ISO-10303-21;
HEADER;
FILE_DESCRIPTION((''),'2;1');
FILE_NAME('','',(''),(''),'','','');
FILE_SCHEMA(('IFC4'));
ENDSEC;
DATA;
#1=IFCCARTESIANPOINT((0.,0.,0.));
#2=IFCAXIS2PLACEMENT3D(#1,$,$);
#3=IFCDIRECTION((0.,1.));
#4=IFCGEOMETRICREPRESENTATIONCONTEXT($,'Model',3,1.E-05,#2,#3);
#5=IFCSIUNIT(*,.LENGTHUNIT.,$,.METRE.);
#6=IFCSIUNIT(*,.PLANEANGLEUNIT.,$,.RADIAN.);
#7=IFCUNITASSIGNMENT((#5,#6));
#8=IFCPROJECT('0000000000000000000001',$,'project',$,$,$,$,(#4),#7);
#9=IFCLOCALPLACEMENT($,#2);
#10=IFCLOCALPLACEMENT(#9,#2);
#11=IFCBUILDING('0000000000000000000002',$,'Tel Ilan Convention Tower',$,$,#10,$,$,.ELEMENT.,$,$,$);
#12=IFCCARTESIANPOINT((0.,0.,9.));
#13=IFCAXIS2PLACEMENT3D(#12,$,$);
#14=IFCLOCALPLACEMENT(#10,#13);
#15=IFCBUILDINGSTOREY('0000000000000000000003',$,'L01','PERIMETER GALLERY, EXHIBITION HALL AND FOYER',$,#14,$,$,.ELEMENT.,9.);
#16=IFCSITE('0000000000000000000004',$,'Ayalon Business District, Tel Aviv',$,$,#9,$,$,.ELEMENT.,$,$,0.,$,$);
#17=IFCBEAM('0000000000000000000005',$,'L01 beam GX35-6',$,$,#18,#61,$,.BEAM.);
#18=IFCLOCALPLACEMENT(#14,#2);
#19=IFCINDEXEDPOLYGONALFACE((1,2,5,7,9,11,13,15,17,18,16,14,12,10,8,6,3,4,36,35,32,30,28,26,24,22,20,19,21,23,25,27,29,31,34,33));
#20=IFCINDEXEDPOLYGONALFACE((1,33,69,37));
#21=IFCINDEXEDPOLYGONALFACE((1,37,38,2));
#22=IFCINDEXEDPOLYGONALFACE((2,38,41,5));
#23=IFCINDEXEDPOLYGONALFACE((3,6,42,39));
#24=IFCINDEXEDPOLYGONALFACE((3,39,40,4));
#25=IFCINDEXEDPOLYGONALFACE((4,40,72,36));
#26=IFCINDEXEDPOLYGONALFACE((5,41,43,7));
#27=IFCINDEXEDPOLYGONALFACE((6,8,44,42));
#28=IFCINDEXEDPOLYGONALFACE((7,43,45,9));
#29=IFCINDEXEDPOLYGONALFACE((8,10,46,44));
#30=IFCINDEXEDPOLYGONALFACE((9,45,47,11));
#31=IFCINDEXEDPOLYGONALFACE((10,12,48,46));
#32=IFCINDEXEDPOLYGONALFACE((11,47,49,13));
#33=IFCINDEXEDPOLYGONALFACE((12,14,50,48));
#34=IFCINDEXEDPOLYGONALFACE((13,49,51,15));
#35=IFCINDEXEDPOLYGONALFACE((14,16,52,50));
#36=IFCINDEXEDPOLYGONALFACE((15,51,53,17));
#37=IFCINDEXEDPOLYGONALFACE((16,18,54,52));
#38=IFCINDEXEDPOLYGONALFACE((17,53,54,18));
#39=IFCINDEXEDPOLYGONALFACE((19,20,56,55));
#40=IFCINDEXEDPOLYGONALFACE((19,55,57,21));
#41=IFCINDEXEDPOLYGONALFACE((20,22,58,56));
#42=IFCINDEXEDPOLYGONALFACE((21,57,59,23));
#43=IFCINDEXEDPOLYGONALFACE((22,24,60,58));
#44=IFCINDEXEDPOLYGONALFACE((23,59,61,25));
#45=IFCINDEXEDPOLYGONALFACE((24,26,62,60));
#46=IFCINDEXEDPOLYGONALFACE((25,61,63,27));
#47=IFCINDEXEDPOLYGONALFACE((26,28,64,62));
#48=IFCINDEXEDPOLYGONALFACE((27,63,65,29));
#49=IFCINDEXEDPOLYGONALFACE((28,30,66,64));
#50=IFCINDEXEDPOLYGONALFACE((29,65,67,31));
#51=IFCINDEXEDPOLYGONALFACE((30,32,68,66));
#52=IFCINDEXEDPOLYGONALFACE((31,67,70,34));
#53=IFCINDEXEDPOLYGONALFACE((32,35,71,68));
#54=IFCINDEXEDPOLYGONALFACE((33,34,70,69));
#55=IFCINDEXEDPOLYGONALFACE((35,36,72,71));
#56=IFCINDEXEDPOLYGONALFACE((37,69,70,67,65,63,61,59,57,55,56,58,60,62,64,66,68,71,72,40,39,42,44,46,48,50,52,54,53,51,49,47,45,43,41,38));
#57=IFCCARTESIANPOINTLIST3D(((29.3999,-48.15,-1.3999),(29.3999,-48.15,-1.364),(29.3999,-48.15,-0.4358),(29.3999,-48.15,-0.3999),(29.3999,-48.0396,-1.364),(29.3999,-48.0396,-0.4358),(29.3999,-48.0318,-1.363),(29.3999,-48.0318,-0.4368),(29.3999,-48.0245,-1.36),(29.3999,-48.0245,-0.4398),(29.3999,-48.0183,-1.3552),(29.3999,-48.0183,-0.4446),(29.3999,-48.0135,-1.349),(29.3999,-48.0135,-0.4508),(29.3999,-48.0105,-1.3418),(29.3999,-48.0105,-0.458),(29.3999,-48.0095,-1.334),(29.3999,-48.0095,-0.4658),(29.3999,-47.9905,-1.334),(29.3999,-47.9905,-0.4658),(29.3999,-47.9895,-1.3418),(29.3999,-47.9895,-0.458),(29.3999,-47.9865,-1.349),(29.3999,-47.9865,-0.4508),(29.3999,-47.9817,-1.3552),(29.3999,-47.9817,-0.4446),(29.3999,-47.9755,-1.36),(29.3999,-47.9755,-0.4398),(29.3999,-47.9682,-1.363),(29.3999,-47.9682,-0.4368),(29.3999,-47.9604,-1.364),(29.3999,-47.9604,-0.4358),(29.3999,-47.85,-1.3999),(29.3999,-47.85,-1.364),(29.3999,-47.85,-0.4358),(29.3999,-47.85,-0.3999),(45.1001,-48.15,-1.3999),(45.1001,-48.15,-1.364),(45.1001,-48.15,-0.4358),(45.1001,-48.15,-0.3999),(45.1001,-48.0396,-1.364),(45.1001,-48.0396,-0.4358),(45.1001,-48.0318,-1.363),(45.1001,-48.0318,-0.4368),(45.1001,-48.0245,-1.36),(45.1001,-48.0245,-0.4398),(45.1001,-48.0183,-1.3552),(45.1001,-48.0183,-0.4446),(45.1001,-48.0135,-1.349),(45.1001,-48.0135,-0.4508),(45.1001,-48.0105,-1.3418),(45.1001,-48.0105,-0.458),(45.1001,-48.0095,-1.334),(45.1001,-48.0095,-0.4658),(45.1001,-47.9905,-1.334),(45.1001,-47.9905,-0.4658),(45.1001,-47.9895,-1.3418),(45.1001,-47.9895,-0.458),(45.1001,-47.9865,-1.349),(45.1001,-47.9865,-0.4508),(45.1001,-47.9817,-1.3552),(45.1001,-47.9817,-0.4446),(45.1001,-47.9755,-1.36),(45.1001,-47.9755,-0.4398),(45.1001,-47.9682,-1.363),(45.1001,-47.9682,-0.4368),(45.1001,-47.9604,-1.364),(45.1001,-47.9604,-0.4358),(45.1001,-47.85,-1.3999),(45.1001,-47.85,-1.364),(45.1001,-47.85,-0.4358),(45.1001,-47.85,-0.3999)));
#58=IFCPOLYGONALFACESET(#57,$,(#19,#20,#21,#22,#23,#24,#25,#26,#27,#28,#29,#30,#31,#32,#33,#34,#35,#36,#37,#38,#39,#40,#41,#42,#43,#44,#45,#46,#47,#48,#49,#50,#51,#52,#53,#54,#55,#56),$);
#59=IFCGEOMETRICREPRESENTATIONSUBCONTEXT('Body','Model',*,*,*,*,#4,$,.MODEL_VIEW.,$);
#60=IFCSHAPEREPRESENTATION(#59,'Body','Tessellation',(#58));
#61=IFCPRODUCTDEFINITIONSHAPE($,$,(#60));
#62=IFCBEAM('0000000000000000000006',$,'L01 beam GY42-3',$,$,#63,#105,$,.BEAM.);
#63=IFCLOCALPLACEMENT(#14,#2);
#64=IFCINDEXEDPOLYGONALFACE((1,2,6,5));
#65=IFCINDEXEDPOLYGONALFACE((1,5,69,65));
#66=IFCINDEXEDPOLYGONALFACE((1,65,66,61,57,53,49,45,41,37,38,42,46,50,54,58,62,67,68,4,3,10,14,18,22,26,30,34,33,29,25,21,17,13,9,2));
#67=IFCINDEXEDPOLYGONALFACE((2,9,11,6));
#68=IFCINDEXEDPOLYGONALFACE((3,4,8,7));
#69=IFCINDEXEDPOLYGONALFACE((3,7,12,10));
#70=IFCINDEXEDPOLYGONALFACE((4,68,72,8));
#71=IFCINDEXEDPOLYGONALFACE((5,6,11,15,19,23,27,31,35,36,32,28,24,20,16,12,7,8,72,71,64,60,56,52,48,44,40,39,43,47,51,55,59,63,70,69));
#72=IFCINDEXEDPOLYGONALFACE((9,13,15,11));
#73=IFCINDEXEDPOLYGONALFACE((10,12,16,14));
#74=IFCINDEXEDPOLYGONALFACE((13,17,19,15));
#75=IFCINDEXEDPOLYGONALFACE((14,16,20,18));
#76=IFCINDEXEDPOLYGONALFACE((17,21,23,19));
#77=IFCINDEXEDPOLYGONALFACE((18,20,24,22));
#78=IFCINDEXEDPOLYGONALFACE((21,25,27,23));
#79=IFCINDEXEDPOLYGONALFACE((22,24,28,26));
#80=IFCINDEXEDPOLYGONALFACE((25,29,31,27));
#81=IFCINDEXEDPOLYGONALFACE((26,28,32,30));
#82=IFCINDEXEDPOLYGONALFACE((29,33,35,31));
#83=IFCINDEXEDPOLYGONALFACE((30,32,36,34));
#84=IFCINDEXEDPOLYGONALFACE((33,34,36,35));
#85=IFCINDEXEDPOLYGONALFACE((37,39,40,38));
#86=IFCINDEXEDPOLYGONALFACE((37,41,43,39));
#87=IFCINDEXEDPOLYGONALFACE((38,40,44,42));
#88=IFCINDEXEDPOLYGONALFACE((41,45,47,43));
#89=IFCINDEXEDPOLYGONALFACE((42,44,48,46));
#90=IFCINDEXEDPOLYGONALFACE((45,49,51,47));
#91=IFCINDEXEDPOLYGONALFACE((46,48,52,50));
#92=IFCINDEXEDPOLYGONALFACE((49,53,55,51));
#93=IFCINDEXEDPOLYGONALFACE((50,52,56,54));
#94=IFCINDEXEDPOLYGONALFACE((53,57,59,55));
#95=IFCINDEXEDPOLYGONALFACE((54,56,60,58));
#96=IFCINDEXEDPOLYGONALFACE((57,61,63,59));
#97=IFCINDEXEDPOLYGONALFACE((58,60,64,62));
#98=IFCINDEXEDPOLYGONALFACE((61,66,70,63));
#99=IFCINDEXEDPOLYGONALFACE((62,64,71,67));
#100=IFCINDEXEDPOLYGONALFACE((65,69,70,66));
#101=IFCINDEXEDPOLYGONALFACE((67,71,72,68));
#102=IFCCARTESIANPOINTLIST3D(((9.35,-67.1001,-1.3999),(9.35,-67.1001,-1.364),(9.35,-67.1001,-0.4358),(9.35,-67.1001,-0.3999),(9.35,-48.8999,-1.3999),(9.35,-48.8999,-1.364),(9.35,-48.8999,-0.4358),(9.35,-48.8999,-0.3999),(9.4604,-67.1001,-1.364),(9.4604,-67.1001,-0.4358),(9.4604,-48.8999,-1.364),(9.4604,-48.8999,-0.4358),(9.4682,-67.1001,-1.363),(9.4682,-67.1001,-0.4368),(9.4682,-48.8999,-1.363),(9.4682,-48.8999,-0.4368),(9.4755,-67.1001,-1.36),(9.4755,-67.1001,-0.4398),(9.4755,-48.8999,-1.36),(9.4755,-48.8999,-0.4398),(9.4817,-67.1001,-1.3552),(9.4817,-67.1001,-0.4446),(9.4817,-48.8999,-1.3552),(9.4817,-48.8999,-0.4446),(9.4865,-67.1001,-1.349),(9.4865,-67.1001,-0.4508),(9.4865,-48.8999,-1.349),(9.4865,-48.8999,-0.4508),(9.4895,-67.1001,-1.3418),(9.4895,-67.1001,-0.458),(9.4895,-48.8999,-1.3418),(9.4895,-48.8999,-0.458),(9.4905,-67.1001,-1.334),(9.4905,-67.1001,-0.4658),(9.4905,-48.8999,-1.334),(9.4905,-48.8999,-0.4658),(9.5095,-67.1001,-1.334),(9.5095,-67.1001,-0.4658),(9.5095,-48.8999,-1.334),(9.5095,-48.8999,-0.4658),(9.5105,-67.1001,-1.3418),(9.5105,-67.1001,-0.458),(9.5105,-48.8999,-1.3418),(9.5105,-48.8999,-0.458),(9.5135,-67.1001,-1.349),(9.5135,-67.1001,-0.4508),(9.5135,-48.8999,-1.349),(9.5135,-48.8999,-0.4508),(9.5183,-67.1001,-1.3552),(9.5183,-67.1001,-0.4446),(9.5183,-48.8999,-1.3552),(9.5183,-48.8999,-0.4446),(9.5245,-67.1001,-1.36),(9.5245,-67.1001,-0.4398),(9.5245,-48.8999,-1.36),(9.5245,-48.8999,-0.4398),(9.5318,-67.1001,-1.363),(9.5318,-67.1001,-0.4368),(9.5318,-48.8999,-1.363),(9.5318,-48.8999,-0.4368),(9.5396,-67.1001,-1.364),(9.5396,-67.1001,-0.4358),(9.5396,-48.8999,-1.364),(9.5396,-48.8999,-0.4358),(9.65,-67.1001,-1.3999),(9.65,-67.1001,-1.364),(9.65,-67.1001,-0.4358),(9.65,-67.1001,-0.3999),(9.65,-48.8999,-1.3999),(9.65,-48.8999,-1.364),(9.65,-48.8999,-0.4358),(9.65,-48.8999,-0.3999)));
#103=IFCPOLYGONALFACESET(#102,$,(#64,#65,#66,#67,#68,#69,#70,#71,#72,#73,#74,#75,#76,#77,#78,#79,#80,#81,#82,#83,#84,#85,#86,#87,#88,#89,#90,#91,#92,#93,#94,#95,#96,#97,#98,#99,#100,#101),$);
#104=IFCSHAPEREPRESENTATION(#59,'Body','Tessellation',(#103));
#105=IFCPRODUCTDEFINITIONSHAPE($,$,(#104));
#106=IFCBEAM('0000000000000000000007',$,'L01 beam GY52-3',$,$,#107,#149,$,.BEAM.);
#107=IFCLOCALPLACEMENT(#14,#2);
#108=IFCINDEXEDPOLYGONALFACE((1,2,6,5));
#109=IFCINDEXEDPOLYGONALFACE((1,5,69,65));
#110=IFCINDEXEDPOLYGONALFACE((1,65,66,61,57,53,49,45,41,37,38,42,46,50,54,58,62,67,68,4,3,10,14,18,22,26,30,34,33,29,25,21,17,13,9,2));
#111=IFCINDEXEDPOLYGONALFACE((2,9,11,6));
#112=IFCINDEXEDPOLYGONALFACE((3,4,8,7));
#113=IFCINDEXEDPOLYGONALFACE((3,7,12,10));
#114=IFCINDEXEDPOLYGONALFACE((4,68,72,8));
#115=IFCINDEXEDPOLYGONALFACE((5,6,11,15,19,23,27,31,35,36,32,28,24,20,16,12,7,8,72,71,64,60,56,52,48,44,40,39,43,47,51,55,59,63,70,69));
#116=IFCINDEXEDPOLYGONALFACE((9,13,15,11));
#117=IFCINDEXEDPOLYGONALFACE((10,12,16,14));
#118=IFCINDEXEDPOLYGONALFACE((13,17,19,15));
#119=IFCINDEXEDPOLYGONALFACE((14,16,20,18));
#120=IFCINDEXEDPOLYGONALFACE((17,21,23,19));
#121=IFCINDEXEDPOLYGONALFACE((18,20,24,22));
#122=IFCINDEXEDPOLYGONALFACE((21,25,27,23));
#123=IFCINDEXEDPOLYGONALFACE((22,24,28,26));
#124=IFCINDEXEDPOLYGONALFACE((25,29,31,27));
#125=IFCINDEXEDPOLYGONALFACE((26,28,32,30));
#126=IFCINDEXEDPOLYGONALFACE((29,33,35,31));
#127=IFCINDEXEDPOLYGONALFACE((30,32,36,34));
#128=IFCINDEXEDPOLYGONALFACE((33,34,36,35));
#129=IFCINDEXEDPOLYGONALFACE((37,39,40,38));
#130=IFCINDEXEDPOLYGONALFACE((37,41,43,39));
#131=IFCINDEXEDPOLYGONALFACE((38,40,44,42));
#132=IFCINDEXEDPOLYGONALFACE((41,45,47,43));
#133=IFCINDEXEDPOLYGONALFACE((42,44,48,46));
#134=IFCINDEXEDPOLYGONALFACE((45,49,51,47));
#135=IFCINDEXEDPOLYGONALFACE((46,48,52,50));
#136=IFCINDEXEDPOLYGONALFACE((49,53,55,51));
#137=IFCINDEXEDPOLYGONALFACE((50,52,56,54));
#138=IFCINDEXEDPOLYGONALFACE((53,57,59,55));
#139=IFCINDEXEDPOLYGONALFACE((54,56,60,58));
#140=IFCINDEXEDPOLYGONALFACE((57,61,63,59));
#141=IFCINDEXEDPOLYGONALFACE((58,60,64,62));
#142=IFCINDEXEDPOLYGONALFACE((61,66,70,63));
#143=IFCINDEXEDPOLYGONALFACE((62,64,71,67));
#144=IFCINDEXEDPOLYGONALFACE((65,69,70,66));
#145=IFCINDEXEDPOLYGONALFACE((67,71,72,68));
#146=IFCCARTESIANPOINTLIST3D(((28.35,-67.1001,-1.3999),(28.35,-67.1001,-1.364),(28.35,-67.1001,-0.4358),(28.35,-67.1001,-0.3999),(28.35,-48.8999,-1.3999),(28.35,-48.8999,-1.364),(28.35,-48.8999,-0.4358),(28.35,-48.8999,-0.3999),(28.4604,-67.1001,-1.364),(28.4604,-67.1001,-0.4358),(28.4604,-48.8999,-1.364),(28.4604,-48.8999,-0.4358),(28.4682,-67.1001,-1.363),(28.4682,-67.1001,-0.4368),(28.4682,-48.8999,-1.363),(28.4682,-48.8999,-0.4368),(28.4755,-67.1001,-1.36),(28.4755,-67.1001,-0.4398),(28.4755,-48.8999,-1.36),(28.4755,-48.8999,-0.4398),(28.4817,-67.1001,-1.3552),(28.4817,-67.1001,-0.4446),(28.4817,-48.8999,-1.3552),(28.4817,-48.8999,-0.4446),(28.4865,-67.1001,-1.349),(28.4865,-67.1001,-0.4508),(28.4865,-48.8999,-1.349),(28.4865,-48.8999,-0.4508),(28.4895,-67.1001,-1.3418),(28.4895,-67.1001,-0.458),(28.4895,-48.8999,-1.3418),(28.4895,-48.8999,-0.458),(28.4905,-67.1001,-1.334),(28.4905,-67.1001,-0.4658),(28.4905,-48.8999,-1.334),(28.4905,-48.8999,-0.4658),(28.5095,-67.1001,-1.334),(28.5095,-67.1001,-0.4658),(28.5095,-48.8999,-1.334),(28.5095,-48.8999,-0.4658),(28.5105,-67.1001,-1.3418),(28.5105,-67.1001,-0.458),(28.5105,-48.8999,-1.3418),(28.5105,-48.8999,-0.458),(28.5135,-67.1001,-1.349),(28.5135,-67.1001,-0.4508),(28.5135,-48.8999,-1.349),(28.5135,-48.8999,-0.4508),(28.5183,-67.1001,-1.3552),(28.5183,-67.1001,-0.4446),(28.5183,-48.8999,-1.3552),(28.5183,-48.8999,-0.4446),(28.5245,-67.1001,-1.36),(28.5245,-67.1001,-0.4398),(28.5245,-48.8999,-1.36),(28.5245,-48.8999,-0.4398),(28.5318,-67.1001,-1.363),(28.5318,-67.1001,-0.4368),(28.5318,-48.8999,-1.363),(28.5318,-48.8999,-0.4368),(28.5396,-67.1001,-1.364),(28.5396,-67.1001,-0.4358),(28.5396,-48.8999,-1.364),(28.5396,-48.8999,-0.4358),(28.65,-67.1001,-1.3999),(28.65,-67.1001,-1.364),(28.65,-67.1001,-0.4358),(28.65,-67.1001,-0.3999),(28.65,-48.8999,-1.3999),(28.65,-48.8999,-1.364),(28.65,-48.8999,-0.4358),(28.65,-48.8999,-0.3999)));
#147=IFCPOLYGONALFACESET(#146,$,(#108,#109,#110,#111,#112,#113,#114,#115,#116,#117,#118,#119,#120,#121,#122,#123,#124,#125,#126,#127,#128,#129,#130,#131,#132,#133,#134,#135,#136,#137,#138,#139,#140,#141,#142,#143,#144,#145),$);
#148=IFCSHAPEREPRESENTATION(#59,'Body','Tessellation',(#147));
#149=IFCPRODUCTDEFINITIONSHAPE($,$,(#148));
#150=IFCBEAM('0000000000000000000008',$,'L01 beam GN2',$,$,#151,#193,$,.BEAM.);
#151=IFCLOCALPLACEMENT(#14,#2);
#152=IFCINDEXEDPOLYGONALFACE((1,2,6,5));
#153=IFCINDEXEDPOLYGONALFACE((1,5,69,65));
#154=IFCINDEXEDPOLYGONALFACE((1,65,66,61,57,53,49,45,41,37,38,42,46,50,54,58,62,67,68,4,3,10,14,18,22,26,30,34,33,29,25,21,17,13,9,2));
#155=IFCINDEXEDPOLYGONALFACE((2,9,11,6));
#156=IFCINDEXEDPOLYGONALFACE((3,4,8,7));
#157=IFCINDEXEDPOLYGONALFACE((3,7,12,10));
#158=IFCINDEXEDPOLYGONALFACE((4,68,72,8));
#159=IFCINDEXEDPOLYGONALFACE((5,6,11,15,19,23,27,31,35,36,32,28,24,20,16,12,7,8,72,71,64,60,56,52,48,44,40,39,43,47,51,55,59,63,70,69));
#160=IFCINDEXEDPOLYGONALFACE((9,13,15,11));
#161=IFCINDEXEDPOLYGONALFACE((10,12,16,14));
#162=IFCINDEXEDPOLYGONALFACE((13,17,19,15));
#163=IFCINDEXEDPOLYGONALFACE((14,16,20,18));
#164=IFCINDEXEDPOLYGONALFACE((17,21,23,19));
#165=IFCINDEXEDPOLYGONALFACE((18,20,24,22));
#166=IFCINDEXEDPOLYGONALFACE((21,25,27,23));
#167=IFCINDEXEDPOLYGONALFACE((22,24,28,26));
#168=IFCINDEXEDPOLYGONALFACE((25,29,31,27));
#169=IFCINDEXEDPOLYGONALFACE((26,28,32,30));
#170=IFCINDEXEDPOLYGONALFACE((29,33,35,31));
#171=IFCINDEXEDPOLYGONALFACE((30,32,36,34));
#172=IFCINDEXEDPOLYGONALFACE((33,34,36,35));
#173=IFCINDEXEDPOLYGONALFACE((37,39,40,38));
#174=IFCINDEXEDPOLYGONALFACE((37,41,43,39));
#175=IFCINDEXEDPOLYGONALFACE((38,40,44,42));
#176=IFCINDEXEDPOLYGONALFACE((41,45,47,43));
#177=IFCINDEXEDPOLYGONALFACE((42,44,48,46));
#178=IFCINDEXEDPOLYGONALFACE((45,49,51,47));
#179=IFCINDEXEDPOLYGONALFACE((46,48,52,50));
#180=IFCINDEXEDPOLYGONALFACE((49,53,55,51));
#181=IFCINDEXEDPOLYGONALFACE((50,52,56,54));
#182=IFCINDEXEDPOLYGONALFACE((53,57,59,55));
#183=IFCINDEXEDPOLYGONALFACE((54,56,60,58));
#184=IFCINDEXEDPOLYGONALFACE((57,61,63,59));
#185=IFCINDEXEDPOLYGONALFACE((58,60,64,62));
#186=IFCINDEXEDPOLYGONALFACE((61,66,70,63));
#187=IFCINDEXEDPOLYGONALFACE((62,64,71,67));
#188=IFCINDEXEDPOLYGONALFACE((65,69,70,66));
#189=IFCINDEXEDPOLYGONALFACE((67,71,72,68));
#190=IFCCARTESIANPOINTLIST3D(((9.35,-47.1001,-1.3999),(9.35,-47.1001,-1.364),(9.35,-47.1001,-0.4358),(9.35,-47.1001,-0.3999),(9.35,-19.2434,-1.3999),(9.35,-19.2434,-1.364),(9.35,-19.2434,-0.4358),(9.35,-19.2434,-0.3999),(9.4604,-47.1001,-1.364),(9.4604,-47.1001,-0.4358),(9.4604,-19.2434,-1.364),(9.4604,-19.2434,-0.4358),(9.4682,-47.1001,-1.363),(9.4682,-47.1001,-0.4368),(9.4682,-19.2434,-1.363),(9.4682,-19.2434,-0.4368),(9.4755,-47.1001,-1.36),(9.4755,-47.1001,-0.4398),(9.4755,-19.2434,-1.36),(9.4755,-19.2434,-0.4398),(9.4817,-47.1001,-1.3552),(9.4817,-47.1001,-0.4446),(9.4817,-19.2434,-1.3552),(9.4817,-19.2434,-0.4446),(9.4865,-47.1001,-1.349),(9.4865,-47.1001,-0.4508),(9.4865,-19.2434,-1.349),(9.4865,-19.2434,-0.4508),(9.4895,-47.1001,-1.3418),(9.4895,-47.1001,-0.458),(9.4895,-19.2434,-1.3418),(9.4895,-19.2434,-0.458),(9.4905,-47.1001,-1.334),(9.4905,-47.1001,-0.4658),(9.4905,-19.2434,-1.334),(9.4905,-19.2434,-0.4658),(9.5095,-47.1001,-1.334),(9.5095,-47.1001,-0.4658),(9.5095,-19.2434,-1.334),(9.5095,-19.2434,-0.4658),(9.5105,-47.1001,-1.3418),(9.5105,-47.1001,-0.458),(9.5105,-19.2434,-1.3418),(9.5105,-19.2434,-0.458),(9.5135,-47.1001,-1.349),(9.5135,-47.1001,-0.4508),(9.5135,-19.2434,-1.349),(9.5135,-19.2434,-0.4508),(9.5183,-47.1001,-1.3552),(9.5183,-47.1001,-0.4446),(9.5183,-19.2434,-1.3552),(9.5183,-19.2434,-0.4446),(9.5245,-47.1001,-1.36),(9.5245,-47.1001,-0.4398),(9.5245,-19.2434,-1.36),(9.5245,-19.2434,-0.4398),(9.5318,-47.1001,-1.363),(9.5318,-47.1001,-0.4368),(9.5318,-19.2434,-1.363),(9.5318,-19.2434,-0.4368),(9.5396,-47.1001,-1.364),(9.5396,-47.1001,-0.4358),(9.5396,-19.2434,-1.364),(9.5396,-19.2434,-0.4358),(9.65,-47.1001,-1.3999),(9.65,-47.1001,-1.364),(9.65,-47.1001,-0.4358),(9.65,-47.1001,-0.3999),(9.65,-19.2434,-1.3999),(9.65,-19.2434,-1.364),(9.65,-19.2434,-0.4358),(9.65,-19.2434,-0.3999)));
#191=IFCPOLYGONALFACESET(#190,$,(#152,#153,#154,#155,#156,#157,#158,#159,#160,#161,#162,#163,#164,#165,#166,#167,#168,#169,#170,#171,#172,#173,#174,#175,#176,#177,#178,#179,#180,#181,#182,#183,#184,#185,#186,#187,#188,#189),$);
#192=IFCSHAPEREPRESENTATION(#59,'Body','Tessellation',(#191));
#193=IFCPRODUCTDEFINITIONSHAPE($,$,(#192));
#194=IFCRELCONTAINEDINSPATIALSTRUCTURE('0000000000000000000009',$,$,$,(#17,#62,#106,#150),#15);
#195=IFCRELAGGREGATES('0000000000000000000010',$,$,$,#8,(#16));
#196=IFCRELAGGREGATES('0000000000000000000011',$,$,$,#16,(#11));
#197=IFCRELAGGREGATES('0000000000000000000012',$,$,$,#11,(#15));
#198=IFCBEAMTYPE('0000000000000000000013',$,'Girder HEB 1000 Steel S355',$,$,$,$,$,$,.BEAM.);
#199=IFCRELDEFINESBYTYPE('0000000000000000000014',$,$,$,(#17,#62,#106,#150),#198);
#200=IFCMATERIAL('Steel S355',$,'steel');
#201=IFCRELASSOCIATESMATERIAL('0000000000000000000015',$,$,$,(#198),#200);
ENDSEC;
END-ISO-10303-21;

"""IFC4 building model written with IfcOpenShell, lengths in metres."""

from ifc_helpers import new_model, si_unit, direction, frame, origin, origin_2d, place, context, subcontext, project, spatial, i_section, extrude, material, material_profile, profile_set, type_object, element, save


model = new_model("IFC4")

# Units and contexts
model_context = context("Model", 3, precision=1e-05, world=origin(), true_north=direction((0.0, 1.0)))
body_context = subcontext(model_context, "Body", "Model", "MODEL_VIEW")
ifc_project = project(units=[si_unit("LENGTHUNIT", "METRE"), si_unit("PLANEANGLEUNIT", "RADIAN")], contexts=[model_context])

# Site, building, storey
site_placement = place(None, origin())
site = spatial("IfcSite", under=ifc_project, at=site_placement, Name="Ayalon Business District, Tel Aviv", CompositionType="ELEMENT", RefElevation=0.0)
building_placement = place(site_placement, origin())
building = spatial("IfcBuilding", under=site, at=building_placement, Name="Tel Ilan Convention Tower", CompositionType="ELEMENT")
storey_placement = place(building_placement, frame((0.0, 0.0, 9.0)))
storey = spatial("IfcBuildingStorey", under=building, at=storey_placement, Name="L01", Description="PERIMETER GALLERY, EXHIBITION HALL AND FOYER", CompositionType="ELEMENT", Elevation=9.0)

# Beams
ifc_material_1 = material(Name="Steel S355", Category="steel")
ifc_material_profile_1 = material_profile(ifc_material_1, i_section(OverallWidth=0.3, OverallDepth=1.0, WebThickness=0.019, FlangeThickness=0.0359, FilletRadius=0.03, at=origin_2d()), Name="HEB 1000")
ifc_profile_set_1 = profile_set([ifc_material_profile_1], Name="Steel S355")
beam_type_1 = type_object("IfcBeamType", Name="Girder HEB 1000 Steel S355", PredefinedType="BEAM", material=ifc_profile_set_1)
beam_1_placement = place(storey_placement, frame((29.3999, -48.0, -0.8999), z_axis=(1.0, 0.0, 0.0), x_axis=(0.0, 1.0, 0.0)))
element("IfcBeam", 1, at=beam_1_placement, inside=storey, type_object=beam_type_1, Name="L01 beam GX35-6", PredefinedType="BEAM", context=body_context, shape_type="SweptSolid", body=[
    extrude(i_section(OverallWidth=0.3, OverallDepth=1.0, WebThickness=0.019, FlangeThickness=0.0359, FilletRadius=0.03, at=origin_2d()), origin(), (0.0, 0.0, 1.0), 15.7002),
])
for number, where, z_axis, x_axis, name in (
    (2, (9.5, -67.1001, -0.8999), (0.0, 1.0, 0.0), (-1.0, 0.0, 0.0), "L01 beam GY42-3"),
    (3, (28.5, -67.1001, -0.8999), (0.0, 1.0, 0.0), (-1.0, 0.0, 0.0), "L01 beam GY52-3"),
):
    element("IfcBeam", number, at=place(storey_placement, frame(where, z_axis=z_axis, x_axis=x_axis)), inside=storey, type_object=beam_type_1, Name=name, PredefinedType="BEAM", context=body_context, shape_type="SweptSolid", body=[
        extrude(i_section(OverallWidth=0.3, OverallDepth=1.0, WebThickness=0.019, FlangeThickness=0.0359, FilletRadius=0.03, at=origin_2d()), origin(), (0.0, 0.0, 1.0), 18.2002),
    ])
beam_2_placement = place(storey_placement, frame((9.5, -47.1001, -0.8999), z_axis=(0.0, 1.0, 0.0), x_axis=(-1.0, 0.0, 0.0)))
element("IfcBeam", 4, at=beam_2_placement, inside=storey, type_object=beam_type_1, Name="L01 beam GN2", PredefinedType="BEAM", context=body_context, shape_type="SweptSolid", body=[
    extrude(i_section(OverallWidth=0.3, OverallDepth=1.0, WebThickness=0.019, FlangeThickness=0.0359, FilletRadius=0.03, at=origin_2d()), origin(), (0.0, 0.0, 1.0), 27.8567),
])

save(model, "model.ifc")
